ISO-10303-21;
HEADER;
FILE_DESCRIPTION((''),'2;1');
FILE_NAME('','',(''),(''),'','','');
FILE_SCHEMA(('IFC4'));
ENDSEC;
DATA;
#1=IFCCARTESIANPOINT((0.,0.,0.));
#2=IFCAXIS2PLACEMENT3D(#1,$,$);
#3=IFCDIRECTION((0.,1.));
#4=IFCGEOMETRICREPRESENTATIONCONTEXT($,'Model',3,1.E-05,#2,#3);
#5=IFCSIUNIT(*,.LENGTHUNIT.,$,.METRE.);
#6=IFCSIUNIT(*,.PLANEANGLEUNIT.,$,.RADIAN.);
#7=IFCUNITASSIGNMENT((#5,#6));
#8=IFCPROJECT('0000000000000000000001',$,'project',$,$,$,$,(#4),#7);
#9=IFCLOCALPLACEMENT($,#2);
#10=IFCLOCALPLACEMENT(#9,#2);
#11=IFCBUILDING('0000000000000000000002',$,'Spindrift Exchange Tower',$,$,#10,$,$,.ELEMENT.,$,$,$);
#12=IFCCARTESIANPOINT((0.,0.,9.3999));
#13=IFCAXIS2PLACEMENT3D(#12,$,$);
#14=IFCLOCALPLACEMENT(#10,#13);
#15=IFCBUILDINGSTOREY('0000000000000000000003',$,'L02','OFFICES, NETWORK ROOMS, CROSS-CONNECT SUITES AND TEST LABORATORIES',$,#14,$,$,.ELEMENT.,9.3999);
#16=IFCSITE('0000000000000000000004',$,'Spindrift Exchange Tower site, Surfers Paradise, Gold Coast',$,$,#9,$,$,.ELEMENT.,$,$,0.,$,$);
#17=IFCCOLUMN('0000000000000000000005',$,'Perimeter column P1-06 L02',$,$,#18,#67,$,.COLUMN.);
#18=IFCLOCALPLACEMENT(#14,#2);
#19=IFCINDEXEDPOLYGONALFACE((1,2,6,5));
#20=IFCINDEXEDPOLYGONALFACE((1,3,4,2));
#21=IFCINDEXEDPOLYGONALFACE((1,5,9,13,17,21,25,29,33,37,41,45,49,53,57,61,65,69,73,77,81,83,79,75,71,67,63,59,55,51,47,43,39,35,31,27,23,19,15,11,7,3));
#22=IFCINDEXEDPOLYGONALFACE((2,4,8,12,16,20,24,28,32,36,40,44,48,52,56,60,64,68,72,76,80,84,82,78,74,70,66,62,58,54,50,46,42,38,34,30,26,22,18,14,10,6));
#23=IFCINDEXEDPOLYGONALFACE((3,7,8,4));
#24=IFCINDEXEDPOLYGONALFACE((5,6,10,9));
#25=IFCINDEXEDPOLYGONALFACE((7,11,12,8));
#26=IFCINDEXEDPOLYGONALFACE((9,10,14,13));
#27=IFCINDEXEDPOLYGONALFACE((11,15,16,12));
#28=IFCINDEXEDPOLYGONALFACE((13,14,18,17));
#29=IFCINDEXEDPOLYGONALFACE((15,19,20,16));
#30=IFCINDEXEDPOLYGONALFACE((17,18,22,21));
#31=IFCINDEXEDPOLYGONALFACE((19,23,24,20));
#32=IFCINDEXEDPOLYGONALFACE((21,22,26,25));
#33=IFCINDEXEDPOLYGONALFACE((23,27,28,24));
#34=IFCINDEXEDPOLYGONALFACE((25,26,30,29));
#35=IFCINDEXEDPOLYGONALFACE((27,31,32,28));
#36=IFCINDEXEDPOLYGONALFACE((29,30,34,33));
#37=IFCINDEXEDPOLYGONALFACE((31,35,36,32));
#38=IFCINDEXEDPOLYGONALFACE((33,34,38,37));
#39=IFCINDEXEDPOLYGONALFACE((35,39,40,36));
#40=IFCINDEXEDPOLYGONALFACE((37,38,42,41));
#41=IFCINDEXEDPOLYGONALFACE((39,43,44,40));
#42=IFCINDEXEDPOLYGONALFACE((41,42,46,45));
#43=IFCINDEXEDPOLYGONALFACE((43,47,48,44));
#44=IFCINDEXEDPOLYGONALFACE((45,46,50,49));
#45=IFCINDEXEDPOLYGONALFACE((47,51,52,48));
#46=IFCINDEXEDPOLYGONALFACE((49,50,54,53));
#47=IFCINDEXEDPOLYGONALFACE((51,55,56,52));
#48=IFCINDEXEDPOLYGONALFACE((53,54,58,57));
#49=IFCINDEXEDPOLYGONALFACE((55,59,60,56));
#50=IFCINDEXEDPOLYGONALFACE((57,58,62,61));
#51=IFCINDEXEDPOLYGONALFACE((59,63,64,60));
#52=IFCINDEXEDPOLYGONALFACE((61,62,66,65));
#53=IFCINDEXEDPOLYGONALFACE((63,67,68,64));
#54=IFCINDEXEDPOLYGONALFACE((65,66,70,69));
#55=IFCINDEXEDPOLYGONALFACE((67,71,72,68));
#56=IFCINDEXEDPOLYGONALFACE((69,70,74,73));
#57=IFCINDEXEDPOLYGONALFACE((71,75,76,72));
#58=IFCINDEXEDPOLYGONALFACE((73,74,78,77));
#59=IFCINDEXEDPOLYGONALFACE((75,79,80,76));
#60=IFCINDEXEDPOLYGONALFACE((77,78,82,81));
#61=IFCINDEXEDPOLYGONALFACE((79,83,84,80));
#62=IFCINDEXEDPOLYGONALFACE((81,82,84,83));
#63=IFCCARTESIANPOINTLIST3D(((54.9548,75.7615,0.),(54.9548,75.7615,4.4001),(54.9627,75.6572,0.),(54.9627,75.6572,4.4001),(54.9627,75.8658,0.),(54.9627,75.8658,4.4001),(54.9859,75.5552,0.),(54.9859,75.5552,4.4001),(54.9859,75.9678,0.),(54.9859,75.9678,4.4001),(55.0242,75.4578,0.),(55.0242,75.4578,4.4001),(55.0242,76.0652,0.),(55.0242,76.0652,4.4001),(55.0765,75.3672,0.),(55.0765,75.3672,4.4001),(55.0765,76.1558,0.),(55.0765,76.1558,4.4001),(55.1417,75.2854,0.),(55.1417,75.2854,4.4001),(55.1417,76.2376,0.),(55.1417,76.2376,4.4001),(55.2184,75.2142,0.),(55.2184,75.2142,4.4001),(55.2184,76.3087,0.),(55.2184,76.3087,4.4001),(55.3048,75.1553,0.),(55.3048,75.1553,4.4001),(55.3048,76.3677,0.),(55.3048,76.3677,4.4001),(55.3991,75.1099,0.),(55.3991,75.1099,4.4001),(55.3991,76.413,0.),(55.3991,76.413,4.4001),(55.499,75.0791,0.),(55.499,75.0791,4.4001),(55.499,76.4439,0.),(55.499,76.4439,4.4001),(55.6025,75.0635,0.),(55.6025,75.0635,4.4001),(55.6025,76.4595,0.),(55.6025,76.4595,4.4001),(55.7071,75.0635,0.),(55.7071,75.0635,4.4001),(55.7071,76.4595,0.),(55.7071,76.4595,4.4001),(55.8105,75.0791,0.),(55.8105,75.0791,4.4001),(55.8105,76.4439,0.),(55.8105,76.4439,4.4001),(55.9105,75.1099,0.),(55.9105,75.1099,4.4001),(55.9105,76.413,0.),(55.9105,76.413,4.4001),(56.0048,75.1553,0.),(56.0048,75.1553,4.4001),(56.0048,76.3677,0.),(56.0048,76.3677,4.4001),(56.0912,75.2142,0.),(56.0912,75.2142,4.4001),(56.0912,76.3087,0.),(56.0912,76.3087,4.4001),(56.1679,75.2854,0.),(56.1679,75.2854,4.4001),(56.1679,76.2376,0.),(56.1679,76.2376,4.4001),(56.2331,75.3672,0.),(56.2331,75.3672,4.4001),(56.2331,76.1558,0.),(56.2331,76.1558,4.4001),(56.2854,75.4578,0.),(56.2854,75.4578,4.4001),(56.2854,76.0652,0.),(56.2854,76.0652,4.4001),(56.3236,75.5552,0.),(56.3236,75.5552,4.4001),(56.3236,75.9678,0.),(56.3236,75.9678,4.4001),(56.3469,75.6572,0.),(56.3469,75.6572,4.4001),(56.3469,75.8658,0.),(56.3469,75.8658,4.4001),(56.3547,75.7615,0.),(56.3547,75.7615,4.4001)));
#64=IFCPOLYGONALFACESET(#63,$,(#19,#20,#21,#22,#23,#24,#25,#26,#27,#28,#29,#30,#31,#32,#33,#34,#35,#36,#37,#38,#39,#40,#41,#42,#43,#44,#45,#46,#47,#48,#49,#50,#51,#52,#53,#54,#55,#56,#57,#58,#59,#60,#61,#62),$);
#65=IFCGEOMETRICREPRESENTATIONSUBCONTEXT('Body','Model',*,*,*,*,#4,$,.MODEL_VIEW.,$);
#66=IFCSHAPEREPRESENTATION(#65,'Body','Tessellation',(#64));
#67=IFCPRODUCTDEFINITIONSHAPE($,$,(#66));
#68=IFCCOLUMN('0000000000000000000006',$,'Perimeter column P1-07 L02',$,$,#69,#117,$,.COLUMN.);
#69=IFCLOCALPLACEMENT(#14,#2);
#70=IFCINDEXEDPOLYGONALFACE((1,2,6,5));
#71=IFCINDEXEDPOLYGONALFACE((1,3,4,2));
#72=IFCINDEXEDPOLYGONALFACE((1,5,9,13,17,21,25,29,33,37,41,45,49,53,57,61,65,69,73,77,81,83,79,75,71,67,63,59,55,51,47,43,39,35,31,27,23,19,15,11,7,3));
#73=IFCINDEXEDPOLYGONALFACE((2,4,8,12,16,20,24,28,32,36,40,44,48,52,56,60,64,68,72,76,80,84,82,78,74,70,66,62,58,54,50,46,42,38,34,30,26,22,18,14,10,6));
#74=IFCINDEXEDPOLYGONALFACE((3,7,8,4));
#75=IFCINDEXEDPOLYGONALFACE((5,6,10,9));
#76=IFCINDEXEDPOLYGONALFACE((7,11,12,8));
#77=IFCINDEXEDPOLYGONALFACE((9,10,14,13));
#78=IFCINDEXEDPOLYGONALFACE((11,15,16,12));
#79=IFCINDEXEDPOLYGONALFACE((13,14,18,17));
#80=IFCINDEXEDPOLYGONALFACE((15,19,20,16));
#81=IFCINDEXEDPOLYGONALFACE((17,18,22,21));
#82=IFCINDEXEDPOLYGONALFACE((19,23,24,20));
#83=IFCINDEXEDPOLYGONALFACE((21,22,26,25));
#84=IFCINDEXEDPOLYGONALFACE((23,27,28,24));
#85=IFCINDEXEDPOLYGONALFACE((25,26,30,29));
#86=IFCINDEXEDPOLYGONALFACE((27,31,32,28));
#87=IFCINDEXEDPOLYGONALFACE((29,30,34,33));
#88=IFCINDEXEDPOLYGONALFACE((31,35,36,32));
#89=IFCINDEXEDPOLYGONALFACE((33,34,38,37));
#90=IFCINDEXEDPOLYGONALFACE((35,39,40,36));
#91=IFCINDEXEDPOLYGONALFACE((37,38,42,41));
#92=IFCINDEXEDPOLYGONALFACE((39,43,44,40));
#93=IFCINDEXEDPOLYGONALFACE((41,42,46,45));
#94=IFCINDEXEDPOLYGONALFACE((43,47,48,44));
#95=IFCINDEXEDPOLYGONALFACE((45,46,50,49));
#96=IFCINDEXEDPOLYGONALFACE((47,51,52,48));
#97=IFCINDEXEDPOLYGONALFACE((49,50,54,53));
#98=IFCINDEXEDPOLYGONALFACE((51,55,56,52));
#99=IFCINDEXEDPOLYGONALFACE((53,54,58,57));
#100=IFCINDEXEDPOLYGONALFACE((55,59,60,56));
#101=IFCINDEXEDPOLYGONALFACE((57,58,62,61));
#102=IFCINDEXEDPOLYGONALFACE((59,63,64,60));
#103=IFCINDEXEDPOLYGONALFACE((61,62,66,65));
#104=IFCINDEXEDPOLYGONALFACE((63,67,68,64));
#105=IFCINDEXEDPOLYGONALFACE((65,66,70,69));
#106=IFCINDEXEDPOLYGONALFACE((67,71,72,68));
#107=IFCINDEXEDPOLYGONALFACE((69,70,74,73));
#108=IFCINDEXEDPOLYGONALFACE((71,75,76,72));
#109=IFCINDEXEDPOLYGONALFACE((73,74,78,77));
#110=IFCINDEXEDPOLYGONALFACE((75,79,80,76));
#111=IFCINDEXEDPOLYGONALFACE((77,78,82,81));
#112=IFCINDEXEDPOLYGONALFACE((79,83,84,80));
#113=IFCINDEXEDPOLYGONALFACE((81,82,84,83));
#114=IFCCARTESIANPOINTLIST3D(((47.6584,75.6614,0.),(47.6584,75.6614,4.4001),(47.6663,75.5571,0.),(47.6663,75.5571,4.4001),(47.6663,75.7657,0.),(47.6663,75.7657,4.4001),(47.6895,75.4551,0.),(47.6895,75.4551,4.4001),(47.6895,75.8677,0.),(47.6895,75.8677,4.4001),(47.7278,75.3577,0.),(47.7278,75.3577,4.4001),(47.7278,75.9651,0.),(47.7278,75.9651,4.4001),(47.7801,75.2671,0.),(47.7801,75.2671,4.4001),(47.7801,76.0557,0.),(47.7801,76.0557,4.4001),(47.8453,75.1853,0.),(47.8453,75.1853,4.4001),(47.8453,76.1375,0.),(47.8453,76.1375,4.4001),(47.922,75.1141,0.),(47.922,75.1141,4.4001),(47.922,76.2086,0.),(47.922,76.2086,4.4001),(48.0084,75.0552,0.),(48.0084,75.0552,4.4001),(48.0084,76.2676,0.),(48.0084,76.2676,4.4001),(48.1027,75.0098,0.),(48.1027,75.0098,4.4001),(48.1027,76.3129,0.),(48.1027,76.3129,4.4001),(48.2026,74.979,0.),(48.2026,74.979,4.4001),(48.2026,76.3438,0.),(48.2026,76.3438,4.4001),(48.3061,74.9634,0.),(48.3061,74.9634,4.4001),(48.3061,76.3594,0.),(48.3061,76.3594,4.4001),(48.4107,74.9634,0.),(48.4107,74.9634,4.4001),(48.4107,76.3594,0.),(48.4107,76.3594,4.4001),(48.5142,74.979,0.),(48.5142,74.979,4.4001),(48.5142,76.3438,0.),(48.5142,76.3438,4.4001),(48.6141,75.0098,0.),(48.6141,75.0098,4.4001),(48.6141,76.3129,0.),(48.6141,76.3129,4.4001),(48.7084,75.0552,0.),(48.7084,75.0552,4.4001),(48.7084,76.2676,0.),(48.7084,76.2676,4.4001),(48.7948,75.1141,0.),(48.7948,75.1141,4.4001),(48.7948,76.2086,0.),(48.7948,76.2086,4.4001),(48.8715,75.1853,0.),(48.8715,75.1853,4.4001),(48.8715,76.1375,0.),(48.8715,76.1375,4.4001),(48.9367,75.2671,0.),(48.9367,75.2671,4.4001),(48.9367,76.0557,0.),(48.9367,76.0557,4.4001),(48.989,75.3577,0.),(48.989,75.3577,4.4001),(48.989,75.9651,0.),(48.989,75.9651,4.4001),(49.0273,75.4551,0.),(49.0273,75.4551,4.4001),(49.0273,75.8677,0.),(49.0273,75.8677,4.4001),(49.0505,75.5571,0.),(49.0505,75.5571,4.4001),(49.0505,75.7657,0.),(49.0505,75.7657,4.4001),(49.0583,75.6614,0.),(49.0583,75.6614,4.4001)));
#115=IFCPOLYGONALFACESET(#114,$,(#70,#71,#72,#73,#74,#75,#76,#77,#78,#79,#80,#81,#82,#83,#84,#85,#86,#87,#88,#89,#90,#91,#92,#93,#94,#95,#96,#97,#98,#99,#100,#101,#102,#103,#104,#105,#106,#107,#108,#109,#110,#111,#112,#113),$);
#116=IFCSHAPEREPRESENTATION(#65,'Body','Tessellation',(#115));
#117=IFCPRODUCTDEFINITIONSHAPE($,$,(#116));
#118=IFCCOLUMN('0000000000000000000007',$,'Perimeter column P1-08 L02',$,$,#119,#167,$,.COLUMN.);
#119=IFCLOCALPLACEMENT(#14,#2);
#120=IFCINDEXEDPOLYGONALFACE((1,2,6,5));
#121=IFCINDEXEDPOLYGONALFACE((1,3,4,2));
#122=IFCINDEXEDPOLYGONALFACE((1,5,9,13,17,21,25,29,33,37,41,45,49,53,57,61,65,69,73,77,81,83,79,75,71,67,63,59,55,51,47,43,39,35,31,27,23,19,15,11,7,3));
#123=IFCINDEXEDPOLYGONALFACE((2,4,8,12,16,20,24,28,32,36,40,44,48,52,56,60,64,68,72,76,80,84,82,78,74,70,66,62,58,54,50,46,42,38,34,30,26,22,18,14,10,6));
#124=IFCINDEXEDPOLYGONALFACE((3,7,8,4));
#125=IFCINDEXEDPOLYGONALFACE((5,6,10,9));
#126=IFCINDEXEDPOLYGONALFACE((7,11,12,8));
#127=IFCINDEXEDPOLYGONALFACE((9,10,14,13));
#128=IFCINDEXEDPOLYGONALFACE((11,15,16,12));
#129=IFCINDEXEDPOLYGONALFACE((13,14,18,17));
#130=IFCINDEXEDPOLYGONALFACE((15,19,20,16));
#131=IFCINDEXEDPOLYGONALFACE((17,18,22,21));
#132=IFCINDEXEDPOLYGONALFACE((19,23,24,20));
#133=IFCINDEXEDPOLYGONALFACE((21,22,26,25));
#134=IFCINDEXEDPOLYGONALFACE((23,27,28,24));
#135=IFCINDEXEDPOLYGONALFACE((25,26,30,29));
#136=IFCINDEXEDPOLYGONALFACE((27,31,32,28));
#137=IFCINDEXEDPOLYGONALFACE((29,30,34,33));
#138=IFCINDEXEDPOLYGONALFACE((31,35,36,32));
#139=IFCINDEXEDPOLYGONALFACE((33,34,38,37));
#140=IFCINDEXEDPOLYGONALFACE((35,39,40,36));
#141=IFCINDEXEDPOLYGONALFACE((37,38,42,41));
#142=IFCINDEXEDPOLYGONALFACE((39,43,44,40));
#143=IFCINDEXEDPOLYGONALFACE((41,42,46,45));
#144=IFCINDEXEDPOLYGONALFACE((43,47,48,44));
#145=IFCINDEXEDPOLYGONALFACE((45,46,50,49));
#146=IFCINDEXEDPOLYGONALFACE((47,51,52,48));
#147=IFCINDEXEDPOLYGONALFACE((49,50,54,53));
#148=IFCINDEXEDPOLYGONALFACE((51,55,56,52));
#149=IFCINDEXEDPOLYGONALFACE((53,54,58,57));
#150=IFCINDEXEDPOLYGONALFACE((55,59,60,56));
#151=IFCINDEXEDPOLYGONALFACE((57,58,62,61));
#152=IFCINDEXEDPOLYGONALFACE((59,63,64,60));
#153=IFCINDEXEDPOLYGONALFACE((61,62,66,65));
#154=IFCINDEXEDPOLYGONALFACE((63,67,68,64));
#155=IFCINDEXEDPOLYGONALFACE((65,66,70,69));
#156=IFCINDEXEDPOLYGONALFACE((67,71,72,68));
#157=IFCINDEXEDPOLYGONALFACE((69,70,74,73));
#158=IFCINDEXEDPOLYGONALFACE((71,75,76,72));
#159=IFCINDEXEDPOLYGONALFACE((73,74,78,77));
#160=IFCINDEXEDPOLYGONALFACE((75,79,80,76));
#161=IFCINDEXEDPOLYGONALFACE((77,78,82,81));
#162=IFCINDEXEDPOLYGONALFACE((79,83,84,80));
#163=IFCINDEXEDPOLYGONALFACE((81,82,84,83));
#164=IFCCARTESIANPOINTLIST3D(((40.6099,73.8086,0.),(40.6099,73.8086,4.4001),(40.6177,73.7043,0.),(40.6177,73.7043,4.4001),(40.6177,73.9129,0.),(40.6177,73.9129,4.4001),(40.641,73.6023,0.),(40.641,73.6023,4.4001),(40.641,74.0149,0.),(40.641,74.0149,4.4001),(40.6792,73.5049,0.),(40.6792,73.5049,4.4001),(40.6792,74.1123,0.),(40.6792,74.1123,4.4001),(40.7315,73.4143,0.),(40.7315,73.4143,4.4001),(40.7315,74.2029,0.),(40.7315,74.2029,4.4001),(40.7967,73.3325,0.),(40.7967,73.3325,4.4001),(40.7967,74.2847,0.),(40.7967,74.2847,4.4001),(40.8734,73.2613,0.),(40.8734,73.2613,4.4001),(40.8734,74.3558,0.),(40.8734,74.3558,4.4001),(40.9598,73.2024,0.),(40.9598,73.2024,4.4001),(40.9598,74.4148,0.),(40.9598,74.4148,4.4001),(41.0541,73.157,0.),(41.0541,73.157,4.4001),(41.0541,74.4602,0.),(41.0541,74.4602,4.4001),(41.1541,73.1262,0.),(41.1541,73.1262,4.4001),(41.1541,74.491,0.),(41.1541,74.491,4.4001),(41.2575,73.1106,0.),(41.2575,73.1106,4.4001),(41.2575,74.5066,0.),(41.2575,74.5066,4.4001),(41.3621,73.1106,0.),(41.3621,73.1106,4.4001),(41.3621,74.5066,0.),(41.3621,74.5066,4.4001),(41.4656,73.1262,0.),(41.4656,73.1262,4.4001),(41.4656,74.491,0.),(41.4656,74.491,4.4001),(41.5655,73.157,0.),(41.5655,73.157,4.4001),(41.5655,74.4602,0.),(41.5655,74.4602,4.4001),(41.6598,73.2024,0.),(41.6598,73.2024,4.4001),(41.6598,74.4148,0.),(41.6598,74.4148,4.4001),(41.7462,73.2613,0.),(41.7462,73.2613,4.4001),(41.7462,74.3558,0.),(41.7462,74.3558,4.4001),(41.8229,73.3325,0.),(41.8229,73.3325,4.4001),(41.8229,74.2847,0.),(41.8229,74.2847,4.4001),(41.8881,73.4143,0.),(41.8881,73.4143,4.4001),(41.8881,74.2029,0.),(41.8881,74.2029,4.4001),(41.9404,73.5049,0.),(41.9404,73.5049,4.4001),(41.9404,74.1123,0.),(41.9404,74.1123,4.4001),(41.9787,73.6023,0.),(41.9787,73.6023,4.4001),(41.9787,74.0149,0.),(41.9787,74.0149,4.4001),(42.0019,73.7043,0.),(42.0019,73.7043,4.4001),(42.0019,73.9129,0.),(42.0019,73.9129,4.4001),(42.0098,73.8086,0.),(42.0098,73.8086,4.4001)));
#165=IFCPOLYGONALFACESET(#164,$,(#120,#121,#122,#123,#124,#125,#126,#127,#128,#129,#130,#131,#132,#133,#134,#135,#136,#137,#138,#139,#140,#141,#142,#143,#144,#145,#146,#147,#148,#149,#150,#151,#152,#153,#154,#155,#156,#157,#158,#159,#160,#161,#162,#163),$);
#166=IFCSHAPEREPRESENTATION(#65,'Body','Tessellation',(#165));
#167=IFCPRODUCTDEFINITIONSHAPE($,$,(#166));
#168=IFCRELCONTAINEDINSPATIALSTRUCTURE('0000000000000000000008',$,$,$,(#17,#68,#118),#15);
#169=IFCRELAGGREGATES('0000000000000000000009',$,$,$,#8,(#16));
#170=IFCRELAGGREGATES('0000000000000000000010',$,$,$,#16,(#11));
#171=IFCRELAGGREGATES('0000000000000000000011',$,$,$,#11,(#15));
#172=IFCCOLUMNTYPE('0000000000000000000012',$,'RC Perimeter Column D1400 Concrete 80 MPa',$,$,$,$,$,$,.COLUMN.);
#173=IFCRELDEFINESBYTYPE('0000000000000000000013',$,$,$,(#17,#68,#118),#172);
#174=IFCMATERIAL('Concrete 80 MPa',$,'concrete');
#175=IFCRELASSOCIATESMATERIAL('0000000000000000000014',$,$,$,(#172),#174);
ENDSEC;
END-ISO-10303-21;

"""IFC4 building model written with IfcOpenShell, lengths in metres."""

from ifc_helpers import new_model, si_unit, direction, frame, origin, origin_2d, place, context, subcontext, project, spatial, circle, extrude, source, transform, mapped, material, material_profile, profile_set, type_object, element, save


model = new_model("IFC4")

# Units and contexts
model_context = context("Model", 3, precision=1e-05, world=origin(), true_north=direction((0.0, 1.0)))
body_context = subcontext(model_context, "Body", "Model", "MODEL_VIEW")
ifc_project = project(units=[si_unit("LENGTHUNIT", "METRE"), si_unit("PLANEANGLEUNIT", "RADIAN")], contexts=[model_context])

# Site, building, storey
site_placement = place(None, origin())
site = spatial("IfcSite", under=ifc_project, at=site_placement, Name="Spindrift Exchange Tower site, Surfers Paradise, Gold Coast", CompositionType="ELEMENT", RefElevation=0.0)
building_placement = place(site_placement, origin())
building = spatial("IfcBuilding", under=site, at=building_placement, Name="Spindrift Exchange Tower", CompositionType="ELEMENT")
storey_placement = place(building_placement, frame((0.0, 0.0, 9.3999)))
storey = spatial("IfcBuildingStorey", under=building, at=storey_placement, Name="L02", Description="OFFICES, NETWORK ROOMS, CROSS-CONNECT SUITES AND TEST LABORATORIES", CompositionType="ELEMENT", Elevation=9.3999)

# Columns
ifc_material_1 = material(Name="Concrete 80 MPa", Category="concrete")
ifc_material_profile_1 = material_profile(ifc_material_1, circle(Radius=0.7, at=origin_2d()), Name="RC D1400")
ifc_profile_set_1 = profile_set([ifc_material_profile_1], Name="Concrete 80 MPa")
column_type_1 = type_object("IfcColumnType", Name="RC Perimeter Column D1400 Concrete 80 MPa", PredefinedType="COLUMN", material=ifc_profile_set_1)
shared_shape_1 = source(origin(), body_context, "Body", "SweptSolid", [
    extrude(circle(Radius=0.7, at=origin_2d()), origin(), (0.0, 0.0, 1.0), 4.4001),
])
for number, where, z_axis, x_axis, name in (
    (1, (55.6548, 75.7615, 0.0), (0.0, 0.0, 1.0), (1.0, 0.0, 0.0), "Perimeter column P1-06 L02"),
    (2, (48.3584, 75.6614, 0.0), (0.0, 0.0, 1.0), (1.0, 0.0, 0.0), "Perimeter column P1-07 L02"),
    (3, (41.3098, 73.8086, 0.0), (0.0, 0.0, 1.0), (1.0, 0.0, 0.0), "Perimeter column P1-08 L02"),
):
    element("IfcColumn", number, at=place(storey_placement, frame(where, z_axis=z_axis, x_axis=x_axis)), inside=storey, type_object=column_type_1, Name=name, PredefinedType="COLUMN", context=body_context, shape_type="MappedRepresentation", body=[
        mapped(shared_shape_1, transform((0.0, 0.0, 0.0), scale=1.0)),
    ])

save(model, "model.ifc")
